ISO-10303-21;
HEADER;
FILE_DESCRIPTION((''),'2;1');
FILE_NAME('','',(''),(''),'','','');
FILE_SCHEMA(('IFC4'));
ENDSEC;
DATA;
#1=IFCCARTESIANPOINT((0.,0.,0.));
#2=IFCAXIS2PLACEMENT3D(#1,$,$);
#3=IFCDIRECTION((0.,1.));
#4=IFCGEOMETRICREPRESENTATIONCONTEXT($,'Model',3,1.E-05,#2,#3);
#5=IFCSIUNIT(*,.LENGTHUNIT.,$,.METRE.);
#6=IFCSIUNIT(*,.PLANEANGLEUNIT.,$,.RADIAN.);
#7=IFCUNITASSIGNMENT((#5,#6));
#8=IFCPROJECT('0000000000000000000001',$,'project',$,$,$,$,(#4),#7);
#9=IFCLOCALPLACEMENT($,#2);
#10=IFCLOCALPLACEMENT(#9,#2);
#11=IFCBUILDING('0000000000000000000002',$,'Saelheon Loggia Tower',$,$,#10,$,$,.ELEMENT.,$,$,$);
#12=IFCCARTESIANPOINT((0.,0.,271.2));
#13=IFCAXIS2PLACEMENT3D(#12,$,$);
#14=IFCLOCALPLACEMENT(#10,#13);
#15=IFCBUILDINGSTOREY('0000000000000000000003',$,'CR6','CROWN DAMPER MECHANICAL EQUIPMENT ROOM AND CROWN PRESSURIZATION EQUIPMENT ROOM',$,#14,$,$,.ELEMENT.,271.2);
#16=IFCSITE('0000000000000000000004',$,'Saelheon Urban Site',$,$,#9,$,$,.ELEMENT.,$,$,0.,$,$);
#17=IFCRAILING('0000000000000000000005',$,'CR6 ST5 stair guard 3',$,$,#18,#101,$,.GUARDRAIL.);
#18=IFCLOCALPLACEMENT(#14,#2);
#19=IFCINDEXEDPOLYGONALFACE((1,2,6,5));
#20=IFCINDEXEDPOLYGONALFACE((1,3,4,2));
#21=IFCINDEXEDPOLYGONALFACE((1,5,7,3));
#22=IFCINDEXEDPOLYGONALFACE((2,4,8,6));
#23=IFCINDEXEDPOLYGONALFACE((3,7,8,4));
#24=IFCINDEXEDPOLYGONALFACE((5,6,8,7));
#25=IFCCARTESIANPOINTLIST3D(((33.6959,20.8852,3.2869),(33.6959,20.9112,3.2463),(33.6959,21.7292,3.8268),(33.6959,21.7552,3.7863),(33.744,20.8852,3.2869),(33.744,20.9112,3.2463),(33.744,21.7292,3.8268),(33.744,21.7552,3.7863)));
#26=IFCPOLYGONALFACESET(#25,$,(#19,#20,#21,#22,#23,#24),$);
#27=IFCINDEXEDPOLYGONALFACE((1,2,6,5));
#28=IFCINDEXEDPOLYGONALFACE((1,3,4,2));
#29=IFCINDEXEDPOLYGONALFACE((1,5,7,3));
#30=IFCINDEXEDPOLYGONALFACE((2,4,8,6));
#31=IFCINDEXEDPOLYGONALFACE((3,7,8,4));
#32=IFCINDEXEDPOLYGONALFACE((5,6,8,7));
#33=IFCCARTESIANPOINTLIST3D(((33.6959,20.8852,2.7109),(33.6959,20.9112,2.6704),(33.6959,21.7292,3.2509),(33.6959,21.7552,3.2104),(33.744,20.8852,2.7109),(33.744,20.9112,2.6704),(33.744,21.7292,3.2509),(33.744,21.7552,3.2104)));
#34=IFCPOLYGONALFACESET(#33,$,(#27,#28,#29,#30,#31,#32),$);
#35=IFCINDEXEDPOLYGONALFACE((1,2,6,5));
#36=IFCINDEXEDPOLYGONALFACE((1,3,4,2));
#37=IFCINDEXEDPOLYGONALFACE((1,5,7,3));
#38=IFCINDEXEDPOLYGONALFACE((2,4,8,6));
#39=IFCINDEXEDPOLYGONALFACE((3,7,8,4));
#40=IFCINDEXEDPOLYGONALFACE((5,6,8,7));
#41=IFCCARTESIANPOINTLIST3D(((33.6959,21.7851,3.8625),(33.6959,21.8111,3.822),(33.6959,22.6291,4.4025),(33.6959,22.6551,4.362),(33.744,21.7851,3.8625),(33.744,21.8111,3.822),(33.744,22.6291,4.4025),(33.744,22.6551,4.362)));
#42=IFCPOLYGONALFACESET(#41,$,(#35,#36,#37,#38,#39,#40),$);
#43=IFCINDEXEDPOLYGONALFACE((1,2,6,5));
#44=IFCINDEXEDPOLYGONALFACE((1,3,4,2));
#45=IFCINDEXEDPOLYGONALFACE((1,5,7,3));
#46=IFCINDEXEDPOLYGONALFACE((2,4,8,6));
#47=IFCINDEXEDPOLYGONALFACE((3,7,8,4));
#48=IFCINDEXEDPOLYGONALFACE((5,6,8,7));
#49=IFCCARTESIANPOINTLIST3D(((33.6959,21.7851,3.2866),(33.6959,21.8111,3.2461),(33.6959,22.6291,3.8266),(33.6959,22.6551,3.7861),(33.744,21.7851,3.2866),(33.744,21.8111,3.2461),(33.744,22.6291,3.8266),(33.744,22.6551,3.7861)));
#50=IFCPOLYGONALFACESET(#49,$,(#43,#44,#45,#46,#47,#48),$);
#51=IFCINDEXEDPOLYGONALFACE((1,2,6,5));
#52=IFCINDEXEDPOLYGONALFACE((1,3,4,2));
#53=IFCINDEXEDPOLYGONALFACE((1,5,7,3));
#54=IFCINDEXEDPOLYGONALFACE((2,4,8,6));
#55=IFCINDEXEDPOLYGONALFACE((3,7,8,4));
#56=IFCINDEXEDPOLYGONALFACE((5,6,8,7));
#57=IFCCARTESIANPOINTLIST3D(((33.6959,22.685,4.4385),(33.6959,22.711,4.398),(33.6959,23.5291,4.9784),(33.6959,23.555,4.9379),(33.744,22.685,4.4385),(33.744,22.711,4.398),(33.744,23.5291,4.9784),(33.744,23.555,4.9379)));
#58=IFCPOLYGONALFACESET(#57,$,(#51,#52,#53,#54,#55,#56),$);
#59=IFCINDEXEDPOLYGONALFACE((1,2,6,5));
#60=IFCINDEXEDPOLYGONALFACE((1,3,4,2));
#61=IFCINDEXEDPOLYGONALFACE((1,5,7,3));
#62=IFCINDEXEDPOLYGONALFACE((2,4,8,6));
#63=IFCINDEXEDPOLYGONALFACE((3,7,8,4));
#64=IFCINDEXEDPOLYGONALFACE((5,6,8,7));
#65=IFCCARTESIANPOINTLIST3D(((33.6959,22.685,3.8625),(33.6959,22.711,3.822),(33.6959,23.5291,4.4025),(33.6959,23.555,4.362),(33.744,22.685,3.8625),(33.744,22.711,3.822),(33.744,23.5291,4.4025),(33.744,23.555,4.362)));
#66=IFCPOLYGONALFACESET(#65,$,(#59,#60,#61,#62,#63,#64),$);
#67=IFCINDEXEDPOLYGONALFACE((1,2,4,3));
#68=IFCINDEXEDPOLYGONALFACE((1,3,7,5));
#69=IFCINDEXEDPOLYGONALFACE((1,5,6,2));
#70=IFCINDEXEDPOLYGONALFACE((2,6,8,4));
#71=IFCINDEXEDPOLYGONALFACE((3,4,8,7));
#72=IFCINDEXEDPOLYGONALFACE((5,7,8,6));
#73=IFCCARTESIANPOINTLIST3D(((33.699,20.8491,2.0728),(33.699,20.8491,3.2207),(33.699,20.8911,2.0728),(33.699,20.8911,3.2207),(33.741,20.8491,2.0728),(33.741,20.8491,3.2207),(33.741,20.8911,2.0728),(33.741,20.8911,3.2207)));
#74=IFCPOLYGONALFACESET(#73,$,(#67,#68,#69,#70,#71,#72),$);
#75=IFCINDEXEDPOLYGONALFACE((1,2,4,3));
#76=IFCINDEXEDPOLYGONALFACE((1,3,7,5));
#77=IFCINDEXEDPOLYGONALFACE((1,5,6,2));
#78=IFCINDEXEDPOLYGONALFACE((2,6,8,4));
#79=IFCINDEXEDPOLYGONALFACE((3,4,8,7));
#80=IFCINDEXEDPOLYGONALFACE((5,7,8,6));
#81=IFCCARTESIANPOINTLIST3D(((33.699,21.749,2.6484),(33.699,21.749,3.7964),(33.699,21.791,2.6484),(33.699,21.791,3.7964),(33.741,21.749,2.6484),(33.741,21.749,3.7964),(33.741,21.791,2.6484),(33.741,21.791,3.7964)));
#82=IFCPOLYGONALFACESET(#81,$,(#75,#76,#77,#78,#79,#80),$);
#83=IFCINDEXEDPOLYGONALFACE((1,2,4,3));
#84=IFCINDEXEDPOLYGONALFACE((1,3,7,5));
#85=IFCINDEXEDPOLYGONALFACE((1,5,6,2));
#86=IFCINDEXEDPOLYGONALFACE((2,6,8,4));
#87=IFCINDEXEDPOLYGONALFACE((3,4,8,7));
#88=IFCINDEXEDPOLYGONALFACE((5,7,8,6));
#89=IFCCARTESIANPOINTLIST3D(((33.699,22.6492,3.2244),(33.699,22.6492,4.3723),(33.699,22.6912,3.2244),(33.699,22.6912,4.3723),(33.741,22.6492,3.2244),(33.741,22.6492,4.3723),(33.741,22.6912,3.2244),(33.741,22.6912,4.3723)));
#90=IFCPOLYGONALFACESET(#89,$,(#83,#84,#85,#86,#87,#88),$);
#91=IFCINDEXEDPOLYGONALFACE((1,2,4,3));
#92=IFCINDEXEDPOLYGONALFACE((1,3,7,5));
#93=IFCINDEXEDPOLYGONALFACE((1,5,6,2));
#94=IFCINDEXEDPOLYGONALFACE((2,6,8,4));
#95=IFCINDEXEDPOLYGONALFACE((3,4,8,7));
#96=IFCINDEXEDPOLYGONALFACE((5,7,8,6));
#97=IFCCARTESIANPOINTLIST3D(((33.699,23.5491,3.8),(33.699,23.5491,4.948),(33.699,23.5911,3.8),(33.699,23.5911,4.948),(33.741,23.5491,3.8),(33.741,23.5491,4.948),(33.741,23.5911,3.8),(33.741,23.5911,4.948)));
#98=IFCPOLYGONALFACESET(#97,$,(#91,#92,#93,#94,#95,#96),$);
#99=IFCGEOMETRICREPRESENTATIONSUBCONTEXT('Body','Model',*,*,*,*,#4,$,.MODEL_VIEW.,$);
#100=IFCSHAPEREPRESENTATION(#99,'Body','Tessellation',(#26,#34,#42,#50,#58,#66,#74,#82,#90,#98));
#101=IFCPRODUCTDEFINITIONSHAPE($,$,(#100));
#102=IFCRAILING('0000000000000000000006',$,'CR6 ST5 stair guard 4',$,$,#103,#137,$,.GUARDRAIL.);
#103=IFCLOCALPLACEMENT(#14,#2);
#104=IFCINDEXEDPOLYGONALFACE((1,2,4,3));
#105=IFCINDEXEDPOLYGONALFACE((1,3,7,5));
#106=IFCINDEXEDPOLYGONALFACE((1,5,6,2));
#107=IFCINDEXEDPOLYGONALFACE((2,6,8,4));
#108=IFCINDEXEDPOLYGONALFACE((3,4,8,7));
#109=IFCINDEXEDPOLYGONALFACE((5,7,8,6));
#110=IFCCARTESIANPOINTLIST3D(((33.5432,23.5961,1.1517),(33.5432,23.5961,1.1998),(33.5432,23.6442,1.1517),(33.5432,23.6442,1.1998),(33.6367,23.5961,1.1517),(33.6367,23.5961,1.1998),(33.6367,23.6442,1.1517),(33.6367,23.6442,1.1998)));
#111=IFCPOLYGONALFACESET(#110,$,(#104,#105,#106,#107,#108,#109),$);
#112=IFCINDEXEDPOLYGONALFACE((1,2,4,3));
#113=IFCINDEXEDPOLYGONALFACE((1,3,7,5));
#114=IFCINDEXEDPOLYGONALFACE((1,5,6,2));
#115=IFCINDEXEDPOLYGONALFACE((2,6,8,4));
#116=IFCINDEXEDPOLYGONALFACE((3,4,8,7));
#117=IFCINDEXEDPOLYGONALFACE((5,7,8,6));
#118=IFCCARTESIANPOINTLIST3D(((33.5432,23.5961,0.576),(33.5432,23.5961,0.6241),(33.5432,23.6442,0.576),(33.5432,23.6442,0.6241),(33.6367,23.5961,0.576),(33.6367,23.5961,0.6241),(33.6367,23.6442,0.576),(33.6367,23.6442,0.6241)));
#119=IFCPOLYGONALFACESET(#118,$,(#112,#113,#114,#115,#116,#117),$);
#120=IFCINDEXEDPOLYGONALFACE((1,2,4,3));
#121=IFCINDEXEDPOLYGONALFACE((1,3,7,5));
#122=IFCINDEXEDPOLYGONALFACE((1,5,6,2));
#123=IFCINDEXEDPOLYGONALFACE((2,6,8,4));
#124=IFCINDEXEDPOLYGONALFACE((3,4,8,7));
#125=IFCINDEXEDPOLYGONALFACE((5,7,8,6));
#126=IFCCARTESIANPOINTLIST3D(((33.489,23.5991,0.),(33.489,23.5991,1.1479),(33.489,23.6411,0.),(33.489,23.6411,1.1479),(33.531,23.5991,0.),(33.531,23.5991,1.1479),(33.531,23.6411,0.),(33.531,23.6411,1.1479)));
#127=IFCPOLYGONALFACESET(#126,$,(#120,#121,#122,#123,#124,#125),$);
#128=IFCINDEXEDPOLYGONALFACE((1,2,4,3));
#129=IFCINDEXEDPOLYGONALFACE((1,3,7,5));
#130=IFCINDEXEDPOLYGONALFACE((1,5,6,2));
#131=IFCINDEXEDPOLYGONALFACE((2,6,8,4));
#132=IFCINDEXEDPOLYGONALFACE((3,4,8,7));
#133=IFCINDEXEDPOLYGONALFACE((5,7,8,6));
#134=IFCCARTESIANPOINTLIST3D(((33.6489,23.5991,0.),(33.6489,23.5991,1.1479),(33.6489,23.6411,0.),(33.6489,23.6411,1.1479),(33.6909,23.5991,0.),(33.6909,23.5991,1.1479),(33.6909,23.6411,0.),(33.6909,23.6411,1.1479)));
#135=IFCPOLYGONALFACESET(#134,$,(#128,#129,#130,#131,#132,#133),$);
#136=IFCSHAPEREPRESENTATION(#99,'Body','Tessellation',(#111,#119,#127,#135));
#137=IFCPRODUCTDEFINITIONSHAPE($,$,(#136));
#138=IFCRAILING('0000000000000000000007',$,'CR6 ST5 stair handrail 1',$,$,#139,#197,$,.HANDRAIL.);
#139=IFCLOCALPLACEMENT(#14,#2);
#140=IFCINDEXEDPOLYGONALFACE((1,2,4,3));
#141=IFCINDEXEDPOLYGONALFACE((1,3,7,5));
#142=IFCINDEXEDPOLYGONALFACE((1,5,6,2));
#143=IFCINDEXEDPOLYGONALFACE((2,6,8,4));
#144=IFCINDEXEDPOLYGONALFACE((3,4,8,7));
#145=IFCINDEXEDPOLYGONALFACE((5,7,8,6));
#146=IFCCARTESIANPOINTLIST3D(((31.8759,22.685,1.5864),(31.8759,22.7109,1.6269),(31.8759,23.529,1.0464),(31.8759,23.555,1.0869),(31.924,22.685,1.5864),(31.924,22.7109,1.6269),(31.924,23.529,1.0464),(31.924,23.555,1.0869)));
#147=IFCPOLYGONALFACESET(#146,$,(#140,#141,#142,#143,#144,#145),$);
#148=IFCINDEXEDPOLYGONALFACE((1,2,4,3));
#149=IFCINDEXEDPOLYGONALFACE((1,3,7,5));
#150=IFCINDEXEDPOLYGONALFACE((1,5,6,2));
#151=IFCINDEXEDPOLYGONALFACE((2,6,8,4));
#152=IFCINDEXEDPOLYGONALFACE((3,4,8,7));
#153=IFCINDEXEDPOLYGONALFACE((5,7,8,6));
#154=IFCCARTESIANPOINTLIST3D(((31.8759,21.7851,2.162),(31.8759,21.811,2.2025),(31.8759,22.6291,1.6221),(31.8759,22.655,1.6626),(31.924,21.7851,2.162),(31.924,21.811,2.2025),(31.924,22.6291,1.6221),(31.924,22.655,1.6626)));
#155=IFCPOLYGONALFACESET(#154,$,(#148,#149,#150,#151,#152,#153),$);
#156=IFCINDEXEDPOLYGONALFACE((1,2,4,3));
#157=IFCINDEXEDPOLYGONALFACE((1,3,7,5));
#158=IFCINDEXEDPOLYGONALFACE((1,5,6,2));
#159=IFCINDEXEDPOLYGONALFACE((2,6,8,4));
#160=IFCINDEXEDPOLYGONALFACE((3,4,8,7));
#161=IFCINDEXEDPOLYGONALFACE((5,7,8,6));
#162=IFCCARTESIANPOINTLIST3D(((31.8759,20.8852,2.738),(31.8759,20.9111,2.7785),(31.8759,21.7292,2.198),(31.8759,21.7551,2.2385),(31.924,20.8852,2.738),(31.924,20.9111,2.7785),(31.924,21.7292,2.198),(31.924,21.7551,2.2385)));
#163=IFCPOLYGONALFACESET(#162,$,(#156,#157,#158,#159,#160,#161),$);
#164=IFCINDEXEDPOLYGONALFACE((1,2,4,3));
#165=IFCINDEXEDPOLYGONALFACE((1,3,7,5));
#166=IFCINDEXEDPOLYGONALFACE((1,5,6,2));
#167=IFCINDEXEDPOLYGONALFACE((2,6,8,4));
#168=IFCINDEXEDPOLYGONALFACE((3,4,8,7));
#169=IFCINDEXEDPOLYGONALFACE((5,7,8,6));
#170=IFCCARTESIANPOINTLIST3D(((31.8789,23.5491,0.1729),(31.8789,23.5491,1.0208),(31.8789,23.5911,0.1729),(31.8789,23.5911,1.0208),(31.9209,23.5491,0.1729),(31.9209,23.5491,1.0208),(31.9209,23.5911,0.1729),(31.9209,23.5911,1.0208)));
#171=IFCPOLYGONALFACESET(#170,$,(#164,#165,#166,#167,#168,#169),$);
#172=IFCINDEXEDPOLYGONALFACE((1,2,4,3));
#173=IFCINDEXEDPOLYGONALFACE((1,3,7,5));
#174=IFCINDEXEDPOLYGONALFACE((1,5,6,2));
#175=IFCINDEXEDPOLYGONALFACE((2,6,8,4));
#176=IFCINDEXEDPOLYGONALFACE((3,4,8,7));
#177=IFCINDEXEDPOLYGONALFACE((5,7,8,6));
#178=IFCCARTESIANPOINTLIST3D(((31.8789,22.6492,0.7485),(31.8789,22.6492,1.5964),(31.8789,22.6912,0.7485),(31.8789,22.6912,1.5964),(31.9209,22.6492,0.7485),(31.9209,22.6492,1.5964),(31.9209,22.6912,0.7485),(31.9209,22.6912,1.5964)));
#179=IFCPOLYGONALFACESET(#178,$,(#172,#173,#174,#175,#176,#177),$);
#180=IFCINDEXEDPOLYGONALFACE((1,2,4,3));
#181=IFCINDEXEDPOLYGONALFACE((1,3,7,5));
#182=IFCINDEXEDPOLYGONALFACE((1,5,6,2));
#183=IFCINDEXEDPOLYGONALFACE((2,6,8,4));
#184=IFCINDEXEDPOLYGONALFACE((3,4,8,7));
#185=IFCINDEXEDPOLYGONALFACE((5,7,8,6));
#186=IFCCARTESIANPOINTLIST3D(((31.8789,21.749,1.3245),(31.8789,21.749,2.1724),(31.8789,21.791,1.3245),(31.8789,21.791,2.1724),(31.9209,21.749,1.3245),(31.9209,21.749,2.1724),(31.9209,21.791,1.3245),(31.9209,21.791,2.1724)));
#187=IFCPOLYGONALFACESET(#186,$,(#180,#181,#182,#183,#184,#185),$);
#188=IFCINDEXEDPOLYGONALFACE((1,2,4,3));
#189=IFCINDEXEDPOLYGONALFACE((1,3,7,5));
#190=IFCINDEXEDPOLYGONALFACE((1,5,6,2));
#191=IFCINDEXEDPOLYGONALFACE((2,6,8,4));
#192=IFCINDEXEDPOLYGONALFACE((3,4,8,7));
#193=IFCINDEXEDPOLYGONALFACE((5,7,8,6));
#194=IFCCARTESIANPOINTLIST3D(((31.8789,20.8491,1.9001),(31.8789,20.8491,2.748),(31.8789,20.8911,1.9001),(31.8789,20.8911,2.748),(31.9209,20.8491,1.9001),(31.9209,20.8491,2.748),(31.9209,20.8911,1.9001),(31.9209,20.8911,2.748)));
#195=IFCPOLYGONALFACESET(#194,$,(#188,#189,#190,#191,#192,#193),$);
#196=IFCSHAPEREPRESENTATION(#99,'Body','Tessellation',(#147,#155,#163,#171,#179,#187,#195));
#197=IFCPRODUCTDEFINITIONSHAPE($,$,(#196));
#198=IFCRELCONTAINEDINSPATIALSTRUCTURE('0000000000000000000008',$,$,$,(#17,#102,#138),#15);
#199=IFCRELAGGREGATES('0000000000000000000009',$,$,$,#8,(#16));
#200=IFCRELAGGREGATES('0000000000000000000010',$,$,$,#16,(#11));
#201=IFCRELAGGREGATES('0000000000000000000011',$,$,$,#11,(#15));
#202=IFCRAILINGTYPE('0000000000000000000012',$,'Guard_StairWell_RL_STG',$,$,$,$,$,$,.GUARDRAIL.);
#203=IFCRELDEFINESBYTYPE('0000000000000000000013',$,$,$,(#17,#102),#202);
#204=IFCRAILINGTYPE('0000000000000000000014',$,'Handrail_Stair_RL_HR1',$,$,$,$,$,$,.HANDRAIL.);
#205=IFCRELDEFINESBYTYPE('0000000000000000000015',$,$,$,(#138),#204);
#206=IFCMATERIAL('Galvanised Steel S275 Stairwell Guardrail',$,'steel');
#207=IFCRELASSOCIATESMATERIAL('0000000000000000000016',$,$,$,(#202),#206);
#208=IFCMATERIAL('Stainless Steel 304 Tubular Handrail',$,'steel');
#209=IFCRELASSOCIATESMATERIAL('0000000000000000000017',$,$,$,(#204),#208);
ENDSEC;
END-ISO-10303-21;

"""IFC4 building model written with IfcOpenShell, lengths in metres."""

from ifc_helpers import new_model, si_unit, direction, frame, origin, origin_2d, place, context, subcontext, project, spatial, rectangle, extrude, material, type_object, element, save


model = new_model("IFC4")

# Units and contexts
model_context = context("Model", 3, precision=1e-05, world=origin(), true_north=direction((0.0, 1.0)))
body_context = subcontext(model_context, "Body", "Model", "MODEL_VIEW")
ifc_project = project(units=[si_unit("LENGTHUNIT", "METRE"), si_unit("PLANEANGLEUNIT", "RADIAN")], contexts=[model_context])

# Site, building, storey
site_placement = place(None, origin())
site = spatial("IfcSite", under=ifc_project, at=site_placement, Name="Saelheon Urban Site", CompositionType="ELEMENT", RefElevation=0.0)
building_placement = place(site_placement, origin())
building = spatial("IfcBuilding", under=site, at=building_placement, Name="Saelheon Loggia Tower", CompositionType="ELEMENT")
storey_placement = place(building_placement, frame((0.0, 0.0, 271.2)))
storey = spatial("IfcBuildingStorey", under=building, at=storey_placement, Name="CR6", Description="CROWN DAMPER MECHANICAL EQUIPMENT ROOM AND CROWN PRESSURIZATION EQUIPMENT ROOM", CompositionType="ELEMENT", Elevation=271.2)

# Railings
ifc_material_1 = material(Name="Galvanised Steel S275 Stairwell Guardrail", Category="steel")
railing_type_1 = type_object("IfcRailingType", Name="Guard_StairWell_RL_STG", PredefinedType="GUARDRAIL", material=ifc_material_1)
railing_1_placement = place(storey_placement, frame((33.72, 20.8701, 2.0728)))
element("IfcRailing", 1, at=railing_1_placement, inside=storey, type_object=railing_type_1, Name="CR6 ST5 stair guard 3", PredefinedType="GUARDRAIL", context=body_context, shape_type="SweptSolid", body=[
    extrude(rectangle(XDim=0.0481, YDim=0.0481, at=origin_2d()), frame((0.0, 0.0281, 1.1938), z_axis=(0.0, 0.842367, 0.538905), x_axis=(-1.0, 0.0, 0.0)), (0.0, 0.0, 1.0), 1.002),
    extrude(rectangle(XDim=0.0481, YDim=0.0481, at=origin_2d()), frame((0.0, 0.0281, 0.6179), z_axis=(0.0, 0.842367, 0.538905), x_axis=(-1.0, 0.0, 0.0)), (0.0, 0.0, 1.0), 1.002),
    extrude(rectangle(XDim=0.0481, YDim=0.0481, at=origin_2d()), frame((0.0, 0.928, 1.7695), z_axis=(0.0, 0.842367, 0.538905), x_axis=(-1.0, 0.0, 0.0)), (0.0, 0.0, 1.0), 1.002),
    extrude(rectangle(XDim=0.0481, YDim=0.0481, at=origin_2d()), frame((0.0, 0.928, 1.1936), z_axis=(0.0, 0.842367, 0.538905), x_axis=(-1.0, 0.0, 0.0)), (0.0, 0.0, 1.0), 1.002),
    extrude(rectangle(XDim=0.0481, YDim=0.0481, at=origin_2d()), frame((0.0, 1.8279, 2.3455), z_axis=(0.0, 0.842367, 0.538905), x_axis=(-1.0, 0.0, 0.0)), (0.0, 0.0, 1.0), 1.002),
    extrude(rectangle(XDim=0.0481, YDim=0.0481, at=origin_2d()), frame((0.0, 1.8279, 1.7695), z_axis=(0.0, 0.842367, 0.538905), x_axis=(-1.0, 0.0, 0.0)), (0.0, 0.0, 1.0), 1.002),
    extrude(rectangle(XDim=0.042, YDim=0.042, at=origin_2d()), origin(), (0.0, 0.0, 1.0), 1.1479),
    extrude(rectangle(XDim=0.042, YDim=0.042, at=origin_2d()), frame((0.0, 0.8999, 0.5757)), (0.0, 0.0, 1.0), 1.1479),
    extrude(rectangle(XDim=0.042, YDim=0.042, at=origin_2d()), frame((0.0, 1.8, 1.1516)), (0.0, 0.0, 1.0), 1.1479),
    extrude(rectangle(XDim=0.042, YDim=0.042, at=origin_2d()), frame((0.0, 2.7, 1.7273)), (0.0, 0.0, 1.0), 1.1479),
])
railing_2_placement = place(storey_placement, frame((33.51, 23.6201, 0.0)))
element("IfcRailing", 2, at=railing_2_placement, inside=storey, type_object=railing_type_1, Name="CR6 ST5 stair guard 4", PredefinedType="GUARDRAIL", context=body_context, shape_type="SweptSolid", body=[
    extrude(rectangle(XDim=0.0481, YDim=0.0481, at=origin_2d()), frame((0.0332, 0.0, 1.1758), z_axis=(1.0, 0.0, 0.0), x_axis=(0.0, 1.0, 0.0)), (0.0, 0.0, 1.0), 0.0935),
    extrude(rectangle(XDim=0.0481, YDim=0.0481, at=origin_2d()), frame((0.0332, 0.0, 0.6001), z_axis=(1.0, 0.0, 0.0), x_axis=(0.0, 1.0, 0.0)), (0.0, 0.0, 1.0), 0.0935),
    extrude(rectangle(XDim=0.042, YDim=0.042, at=origin_2d()), origin(), (0.0, 0.0, 1.0), 1.1479),
    extrude(rectangle(XDim=0.042, YDim=0.042, at=origin_2d()), frame((0.1599, 0.0, 0.0)), (0.0, 0.0, 1.0), 1.1479),
])
ifc_material_2 = material(Name="Stainless Steel 304 Tubular Handrail", Category="steel")
railing_type_2 = type_object("IfcRailingType", Name="Handrail_Stair_RL_HR1", PredefinedType="HANDRAIL", material=ifc_material_2)
railing_3_placement = place(storey_placement, frame((31.8999, 23.5701, 0.1729)))
element("IfcRailing", 3, at=railing_3_placement, inside=storey, type_object=railing_type_2, Name="CR6 ST5 stair handrail 1", PredefinedType="HANDRAIL", context=body_context, shape_type="SweptSolid", body=[
    extrude(rectangle(XDim=0.0481, YDim=0.0481, at=origin_2d()), frame((0.0, -0.0281, 0.8938), z_axis=(0.0, -0.842367, 0.538905), x_axis=(1.0, 0.0, 0.0)), (0.0, 0.0, 1.0), 1.002),
    extrude(rectangle(XDim=0.0481, YDim=0.0481, at=origin_2d()), frame((0.0, -0.928, 1.4695), z_axis=(0.0, -0.842367, 0.538905), x_axis=(1.0, 0.0, 0.0)), (0.0, 0.0, 1.0), 1.002),
    extrude(rectangle(XDim=0.0481, YDim=0.0481, at=origin_2d()), frame((0.0, -1.8279, 2.0454), z_axis=(0.0, -0.842367, 0.538905), x_axis=(1.0, 0.0, 0.0)), (0.0, 0.0, 1.0), 1.002),
    extrude(rectangle(XDim=0.042, YDim=0.042, at=origin_2d()), origin(), (0.0, 0.0, 1.0), 0.8479),
    extrude(rectangle(XDim=0.042, YDim=0.042, at=origin_2d()), frame((0.0, -0.8999, 0.5757)), (0.0, 0.0, 1.0), 0.8479),
    extrude(rectangle(XDim=0.042, YDim=0.042, at=origin_2d()), frame((0.0, -1.8, 1.1516)), (0.0, 0.0, 1.0), 0.8479),
    extrude(rectangle(XDim=0.042, YDim=0.042, at=origin_2d()), frame((0.0, -2.7, 1.7273)), (0.0, 0.0, 1.0), 0.8479),
])

save(model, "model.ifc")
